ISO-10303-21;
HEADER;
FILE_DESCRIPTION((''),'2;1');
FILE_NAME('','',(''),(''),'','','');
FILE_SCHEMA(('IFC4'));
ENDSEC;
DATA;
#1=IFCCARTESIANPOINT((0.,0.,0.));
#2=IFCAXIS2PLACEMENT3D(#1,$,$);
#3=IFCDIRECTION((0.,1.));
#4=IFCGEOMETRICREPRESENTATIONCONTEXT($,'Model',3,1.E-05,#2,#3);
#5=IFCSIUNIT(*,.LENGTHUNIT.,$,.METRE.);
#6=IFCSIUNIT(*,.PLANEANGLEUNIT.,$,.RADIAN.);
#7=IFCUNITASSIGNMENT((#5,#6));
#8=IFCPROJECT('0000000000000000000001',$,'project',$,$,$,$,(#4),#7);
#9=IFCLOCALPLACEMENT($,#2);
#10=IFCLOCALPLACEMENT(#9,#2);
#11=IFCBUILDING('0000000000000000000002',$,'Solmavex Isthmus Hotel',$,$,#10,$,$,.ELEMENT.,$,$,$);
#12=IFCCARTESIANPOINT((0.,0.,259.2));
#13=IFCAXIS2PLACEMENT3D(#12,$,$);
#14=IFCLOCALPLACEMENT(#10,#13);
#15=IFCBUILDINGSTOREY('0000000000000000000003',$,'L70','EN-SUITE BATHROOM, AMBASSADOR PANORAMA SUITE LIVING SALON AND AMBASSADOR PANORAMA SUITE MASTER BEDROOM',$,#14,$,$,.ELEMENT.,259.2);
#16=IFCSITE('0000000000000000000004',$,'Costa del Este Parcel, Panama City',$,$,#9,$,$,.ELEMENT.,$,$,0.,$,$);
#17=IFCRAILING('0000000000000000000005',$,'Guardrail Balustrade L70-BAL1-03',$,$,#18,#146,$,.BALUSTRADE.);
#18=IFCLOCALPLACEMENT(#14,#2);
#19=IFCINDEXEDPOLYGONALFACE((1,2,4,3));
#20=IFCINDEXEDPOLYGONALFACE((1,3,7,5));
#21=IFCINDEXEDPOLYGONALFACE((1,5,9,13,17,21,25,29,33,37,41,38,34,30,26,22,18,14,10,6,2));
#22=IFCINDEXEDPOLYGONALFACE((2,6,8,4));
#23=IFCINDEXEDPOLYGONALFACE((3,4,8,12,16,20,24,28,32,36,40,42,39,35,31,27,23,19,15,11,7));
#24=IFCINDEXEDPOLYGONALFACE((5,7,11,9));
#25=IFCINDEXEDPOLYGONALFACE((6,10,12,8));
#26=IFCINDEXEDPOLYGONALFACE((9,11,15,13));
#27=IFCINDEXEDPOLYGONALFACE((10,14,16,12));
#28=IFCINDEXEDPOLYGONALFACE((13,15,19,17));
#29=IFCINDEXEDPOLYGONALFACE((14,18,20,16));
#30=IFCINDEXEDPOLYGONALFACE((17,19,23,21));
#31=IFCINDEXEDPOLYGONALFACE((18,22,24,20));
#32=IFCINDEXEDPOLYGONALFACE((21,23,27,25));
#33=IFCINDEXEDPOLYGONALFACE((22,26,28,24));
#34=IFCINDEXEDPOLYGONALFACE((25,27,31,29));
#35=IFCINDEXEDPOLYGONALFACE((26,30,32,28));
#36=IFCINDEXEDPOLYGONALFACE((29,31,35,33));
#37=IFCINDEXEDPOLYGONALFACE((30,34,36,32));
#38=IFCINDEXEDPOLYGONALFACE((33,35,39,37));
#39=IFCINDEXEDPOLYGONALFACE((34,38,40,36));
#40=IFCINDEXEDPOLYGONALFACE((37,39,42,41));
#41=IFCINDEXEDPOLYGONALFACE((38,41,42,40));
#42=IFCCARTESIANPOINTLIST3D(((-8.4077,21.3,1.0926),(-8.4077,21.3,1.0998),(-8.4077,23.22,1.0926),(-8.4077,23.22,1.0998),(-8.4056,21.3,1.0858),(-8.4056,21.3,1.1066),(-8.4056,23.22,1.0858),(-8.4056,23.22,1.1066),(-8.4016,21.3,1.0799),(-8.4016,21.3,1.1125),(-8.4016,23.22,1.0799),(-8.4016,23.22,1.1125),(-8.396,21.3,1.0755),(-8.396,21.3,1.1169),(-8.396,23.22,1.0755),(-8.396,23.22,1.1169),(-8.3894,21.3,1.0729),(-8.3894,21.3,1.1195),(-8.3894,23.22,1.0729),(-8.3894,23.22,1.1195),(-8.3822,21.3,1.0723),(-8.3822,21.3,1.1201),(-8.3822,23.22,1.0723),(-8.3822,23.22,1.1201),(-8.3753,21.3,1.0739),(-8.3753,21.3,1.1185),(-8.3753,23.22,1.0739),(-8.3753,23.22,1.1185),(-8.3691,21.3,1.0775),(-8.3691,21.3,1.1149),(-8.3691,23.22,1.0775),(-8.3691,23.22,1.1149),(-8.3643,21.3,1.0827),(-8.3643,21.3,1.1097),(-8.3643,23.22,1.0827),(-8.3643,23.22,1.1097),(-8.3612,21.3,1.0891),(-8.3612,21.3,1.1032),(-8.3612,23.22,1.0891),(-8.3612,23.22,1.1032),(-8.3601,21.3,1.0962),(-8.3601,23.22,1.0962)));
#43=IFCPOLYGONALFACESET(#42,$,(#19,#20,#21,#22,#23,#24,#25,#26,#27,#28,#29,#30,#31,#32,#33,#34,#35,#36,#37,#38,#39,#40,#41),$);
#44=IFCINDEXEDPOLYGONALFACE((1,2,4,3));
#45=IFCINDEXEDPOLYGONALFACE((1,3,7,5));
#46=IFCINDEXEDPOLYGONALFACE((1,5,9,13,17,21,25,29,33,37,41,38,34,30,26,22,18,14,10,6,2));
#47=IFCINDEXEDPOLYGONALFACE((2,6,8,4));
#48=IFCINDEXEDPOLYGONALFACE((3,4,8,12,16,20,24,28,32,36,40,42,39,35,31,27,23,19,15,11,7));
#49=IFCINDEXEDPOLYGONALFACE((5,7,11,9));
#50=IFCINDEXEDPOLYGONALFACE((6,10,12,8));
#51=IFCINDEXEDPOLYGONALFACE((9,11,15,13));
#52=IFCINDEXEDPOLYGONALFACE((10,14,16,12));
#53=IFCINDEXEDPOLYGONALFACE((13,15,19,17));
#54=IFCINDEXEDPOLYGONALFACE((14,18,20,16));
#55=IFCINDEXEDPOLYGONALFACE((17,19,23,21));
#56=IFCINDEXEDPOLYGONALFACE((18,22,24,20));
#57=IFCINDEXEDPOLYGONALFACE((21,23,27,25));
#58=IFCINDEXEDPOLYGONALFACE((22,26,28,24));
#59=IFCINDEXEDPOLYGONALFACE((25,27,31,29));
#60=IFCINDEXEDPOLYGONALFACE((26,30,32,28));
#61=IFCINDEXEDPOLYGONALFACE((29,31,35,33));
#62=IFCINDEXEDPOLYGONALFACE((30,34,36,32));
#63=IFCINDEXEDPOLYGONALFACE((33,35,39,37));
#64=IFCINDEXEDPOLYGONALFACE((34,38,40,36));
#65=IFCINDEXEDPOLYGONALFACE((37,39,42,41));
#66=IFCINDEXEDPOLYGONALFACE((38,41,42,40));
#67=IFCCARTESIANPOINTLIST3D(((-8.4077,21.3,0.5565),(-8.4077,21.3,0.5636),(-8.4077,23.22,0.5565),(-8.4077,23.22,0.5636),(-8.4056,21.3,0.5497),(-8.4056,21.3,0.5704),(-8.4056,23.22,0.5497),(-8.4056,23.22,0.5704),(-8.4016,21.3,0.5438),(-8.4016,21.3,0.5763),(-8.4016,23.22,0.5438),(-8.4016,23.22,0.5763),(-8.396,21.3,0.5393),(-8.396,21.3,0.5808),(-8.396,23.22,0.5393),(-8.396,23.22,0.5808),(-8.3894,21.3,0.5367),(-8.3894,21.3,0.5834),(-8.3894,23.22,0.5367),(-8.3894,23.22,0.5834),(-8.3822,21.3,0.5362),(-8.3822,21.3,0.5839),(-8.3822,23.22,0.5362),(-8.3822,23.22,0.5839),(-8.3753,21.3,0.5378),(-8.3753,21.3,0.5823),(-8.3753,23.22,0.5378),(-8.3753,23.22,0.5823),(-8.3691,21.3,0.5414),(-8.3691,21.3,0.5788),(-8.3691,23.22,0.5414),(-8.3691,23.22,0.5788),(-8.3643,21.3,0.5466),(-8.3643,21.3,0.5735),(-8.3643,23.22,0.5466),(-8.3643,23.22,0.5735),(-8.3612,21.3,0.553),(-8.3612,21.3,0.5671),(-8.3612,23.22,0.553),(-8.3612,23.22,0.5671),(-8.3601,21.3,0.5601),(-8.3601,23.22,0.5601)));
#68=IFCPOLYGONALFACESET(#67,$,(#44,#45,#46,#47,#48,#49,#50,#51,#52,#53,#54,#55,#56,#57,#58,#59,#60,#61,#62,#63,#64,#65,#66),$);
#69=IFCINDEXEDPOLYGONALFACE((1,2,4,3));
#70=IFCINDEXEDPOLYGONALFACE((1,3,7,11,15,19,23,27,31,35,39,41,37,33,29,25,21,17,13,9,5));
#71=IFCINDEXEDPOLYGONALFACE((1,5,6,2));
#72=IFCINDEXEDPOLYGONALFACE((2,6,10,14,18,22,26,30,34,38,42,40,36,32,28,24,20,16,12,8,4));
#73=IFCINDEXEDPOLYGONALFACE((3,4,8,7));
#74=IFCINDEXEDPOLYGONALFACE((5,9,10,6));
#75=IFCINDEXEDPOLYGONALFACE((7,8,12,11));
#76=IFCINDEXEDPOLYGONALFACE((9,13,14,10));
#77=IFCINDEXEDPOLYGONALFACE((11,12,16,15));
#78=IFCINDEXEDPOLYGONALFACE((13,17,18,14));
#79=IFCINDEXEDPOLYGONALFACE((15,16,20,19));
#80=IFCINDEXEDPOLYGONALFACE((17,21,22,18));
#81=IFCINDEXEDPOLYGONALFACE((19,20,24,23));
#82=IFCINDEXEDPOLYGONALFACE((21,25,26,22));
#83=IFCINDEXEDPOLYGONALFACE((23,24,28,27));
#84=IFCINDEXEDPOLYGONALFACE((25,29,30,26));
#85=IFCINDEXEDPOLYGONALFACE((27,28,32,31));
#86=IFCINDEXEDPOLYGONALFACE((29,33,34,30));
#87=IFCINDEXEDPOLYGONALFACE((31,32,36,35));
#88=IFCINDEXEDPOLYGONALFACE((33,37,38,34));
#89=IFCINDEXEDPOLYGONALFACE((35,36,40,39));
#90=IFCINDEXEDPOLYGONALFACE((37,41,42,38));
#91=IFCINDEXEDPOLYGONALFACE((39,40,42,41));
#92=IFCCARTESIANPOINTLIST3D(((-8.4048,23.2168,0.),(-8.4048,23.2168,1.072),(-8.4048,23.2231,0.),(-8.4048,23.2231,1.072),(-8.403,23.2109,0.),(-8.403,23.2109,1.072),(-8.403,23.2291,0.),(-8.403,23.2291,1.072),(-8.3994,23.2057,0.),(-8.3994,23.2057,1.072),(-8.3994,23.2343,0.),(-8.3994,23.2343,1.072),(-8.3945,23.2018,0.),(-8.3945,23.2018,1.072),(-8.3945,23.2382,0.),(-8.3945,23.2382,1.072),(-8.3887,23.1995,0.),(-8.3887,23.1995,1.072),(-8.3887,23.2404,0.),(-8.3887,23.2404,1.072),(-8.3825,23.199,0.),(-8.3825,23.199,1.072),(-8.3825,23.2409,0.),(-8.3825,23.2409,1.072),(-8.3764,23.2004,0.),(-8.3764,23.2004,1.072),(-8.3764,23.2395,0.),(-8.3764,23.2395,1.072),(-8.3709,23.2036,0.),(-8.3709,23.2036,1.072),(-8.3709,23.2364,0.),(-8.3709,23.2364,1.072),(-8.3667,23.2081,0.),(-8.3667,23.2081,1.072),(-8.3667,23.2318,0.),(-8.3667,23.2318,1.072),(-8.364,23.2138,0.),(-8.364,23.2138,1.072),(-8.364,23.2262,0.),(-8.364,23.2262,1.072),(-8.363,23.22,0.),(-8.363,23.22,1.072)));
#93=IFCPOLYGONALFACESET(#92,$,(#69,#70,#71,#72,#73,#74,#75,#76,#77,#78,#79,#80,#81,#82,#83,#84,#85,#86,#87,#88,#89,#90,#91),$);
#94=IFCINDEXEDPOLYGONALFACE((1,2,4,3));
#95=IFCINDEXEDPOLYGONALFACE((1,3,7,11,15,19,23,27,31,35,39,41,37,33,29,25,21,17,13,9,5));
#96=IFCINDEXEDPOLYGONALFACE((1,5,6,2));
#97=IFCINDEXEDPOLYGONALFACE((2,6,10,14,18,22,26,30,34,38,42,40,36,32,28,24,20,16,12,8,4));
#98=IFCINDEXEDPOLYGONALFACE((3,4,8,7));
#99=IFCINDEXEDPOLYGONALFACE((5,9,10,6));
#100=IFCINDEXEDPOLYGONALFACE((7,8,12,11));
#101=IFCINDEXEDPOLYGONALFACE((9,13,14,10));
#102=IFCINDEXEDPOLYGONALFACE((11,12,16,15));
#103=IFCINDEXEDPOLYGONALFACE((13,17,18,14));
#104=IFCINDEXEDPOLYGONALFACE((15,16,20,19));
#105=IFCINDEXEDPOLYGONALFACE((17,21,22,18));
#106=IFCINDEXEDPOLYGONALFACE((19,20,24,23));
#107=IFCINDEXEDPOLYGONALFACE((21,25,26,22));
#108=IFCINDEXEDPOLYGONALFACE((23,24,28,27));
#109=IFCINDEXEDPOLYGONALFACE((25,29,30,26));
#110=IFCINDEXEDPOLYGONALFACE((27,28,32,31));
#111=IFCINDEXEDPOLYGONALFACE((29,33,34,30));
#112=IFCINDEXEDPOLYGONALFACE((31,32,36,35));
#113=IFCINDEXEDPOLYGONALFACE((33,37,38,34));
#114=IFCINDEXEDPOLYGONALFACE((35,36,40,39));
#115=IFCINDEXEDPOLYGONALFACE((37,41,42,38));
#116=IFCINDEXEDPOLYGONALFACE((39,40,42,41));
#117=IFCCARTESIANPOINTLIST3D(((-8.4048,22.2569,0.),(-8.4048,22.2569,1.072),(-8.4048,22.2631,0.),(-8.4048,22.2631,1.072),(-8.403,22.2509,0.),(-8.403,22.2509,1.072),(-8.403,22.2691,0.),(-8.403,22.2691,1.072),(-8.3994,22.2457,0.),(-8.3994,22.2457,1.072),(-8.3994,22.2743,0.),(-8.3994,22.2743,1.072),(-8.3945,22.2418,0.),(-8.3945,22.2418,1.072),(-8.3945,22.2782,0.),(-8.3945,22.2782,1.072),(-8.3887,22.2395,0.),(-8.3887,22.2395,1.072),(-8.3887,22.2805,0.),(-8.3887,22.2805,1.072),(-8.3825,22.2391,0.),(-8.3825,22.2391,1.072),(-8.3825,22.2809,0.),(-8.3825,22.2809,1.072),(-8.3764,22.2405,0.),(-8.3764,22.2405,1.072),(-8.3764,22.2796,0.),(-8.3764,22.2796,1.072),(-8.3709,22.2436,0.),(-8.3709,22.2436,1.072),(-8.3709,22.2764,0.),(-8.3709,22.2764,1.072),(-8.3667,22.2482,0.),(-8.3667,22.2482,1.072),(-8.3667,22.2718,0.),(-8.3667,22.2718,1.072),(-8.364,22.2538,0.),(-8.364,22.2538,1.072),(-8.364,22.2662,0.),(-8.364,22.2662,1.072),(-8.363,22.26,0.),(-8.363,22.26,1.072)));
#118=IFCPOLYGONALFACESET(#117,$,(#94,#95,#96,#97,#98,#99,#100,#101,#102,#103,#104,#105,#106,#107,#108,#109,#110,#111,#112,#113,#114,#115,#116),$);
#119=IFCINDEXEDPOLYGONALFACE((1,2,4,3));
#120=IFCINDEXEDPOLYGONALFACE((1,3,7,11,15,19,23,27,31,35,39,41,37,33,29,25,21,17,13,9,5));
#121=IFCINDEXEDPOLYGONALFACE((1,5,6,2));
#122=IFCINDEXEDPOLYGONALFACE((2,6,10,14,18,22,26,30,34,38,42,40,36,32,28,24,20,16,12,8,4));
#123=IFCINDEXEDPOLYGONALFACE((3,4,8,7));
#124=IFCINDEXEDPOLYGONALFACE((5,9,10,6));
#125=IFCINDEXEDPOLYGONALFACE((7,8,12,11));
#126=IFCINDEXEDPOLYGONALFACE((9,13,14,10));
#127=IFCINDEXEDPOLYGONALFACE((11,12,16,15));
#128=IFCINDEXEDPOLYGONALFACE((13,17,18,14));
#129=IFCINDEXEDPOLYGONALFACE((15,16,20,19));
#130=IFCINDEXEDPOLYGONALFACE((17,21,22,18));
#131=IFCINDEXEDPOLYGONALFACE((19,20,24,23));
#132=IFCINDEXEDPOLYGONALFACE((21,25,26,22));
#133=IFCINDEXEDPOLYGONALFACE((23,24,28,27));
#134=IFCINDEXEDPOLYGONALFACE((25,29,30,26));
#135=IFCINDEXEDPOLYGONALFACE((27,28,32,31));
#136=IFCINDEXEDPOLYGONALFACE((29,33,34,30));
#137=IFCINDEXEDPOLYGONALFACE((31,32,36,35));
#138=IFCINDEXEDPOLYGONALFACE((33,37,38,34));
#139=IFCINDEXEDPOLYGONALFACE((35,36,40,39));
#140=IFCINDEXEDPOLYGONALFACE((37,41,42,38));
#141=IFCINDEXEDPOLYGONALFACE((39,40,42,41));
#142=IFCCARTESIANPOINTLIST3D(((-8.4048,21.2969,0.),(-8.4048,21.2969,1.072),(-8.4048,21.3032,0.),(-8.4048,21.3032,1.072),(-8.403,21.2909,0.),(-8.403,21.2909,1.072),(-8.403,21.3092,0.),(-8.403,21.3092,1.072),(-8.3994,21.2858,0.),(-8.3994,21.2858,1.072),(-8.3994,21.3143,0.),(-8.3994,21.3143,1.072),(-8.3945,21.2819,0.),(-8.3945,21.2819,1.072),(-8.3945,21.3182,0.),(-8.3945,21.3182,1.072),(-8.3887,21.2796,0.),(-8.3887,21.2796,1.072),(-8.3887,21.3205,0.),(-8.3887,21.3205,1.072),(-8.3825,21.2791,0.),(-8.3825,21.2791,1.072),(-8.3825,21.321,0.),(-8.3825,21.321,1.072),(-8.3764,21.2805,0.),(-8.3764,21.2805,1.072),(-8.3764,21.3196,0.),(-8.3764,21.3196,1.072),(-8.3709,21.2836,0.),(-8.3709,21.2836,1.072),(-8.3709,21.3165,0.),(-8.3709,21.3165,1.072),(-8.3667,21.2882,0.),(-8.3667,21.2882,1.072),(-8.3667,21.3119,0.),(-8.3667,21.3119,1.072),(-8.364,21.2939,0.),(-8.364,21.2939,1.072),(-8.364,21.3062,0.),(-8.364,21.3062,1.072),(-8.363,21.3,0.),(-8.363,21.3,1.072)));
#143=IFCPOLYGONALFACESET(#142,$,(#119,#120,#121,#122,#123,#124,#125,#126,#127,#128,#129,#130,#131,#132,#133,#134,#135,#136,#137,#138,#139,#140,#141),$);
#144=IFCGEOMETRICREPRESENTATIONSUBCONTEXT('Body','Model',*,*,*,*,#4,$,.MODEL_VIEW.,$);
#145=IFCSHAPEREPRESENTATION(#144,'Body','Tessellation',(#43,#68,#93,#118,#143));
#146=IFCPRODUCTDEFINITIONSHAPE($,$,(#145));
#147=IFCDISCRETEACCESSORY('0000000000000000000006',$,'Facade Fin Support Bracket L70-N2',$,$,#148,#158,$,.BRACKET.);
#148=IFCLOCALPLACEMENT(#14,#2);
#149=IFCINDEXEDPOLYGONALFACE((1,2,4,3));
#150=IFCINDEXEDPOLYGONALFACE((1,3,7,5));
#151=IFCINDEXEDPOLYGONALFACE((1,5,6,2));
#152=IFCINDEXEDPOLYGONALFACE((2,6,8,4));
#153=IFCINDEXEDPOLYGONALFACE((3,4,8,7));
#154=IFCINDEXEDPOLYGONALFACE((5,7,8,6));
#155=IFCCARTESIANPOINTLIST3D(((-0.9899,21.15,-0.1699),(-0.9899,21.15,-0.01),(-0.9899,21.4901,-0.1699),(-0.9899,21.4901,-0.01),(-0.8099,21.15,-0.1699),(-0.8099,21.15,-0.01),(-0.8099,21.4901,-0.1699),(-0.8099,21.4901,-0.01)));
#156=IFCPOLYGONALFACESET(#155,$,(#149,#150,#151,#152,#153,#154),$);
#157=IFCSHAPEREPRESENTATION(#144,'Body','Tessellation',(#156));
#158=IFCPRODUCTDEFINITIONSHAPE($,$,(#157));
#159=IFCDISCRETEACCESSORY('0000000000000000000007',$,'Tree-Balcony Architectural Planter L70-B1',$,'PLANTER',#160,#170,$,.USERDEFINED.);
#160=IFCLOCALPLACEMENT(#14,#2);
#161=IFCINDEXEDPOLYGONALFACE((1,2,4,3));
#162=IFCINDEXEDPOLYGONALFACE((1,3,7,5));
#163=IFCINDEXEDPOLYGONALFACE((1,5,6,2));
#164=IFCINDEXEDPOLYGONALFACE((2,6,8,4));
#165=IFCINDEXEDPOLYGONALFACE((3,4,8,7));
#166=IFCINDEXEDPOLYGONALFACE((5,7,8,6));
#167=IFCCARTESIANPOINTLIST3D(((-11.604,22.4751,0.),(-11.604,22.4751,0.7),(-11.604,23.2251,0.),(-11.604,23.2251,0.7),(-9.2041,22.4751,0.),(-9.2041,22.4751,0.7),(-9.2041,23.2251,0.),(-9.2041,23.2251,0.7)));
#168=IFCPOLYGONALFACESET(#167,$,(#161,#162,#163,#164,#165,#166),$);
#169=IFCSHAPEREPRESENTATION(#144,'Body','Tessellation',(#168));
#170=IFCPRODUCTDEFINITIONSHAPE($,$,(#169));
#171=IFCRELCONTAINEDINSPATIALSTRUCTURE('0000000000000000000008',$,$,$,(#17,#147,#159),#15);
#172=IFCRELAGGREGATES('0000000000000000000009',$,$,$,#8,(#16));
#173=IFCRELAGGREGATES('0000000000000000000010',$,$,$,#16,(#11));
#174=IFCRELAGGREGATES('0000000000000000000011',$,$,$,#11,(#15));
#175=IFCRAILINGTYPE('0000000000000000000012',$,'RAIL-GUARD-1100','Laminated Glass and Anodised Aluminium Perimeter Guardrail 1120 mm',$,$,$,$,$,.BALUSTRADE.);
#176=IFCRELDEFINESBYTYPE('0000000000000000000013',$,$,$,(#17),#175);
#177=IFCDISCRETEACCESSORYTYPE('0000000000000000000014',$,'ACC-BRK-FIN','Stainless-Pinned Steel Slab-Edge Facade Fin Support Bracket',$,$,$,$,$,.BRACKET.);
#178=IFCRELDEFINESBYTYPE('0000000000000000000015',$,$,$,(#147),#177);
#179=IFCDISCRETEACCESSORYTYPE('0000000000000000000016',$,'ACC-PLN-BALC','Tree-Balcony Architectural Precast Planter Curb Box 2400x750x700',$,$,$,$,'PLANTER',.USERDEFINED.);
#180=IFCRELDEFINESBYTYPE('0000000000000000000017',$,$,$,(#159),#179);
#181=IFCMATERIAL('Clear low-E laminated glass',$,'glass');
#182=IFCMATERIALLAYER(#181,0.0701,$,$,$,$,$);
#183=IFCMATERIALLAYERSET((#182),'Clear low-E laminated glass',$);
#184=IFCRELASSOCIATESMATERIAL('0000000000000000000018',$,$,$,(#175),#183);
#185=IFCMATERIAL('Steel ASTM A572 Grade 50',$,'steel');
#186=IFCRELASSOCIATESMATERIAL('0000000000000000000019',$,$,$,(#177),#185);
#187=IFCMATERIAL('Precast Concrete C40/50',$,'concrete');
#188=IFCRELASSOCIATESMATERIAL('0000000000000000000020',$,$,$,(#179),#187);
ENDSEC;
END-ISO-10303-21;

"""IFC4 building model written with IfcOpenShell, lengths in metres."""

from ifc_helpers import new_model, si_unit, direction, frame, origin, origin_2d, place, context, subcontext, project, spatial, rectangle, circle, extrude, material, layer, layer_set, type_object, element, save


model = new_model("IFC4")

# Units and contexts
model_context = context("Model", 3, precision=1e-05, world=origin(), true_north=direction((0.0, 1.0)))
body_context = subcontext(model_context, "Body", "Model", "MODEL_VIEW")
ifc_project = project(units=[si_unit("LENGTHUNIT", "METRE"), si_unit("PLANEANGLEUNIT", "RADIAN")], contexts=[model_context])

# Site, building, storey
site_placement = place(None, origin())
site = spatial("IfcSite", under=ifc_project, at=site_placement, Name="Costa del Este Parcel, Panama City", CompositionType="ELEMENT", RefElevation=0.0)
building_placement = place(site_placement, origin())
building = spatial("IfcBuilding", under=site, at=building_placement, Name="Solmavex Isthmus Hotel", CompositionType="ELEMENT")
storey_placement = place(building_placement, frame((0.0, 0.0, 259.2)))
storey = spatial("IfcBuildingStorey", under=building, at=storey_placement, Name="L70", Description="EN-SUITE BATHROOM, AMBASSADOR PANORAMA SUITE LIVING SALON AND AMBASSADOR PANORAMA SUITE MASTER BEDROOM", CompositionType="ELEMENT", Elevation=259.2)

# Shared definitions
ifc_material_1 = material(Name="Clear low-E laminated glass", Category="glass")

# Shared definitions
ifc_material_2 = material(Name="Precast Concrete C40/50", Category="concrete")

# Railing
ifc_layer_1 = layer(ifc_material_1, 0.0701)
ifc_layer_set_1 = layer_set([ifc_layer_1], Name="Clear low-E laminated glass")
railing_type = type_object("IfcRailingType", Name="RAIL-GUARD-1100", Description="Laminated Glass and Anodised Aluminium Perimeter Guardrail 1120 mm", PredefinedType="BALUSTRADE", material=ifc_layer_set_1)
railing_1_placement = place(storey_placement, frame((-8.384, 23.22, 0.0)))
element("IfcRailing", 1, at=railing_1_placement, inside=storey, type_object=railing_type, Name="Guardrail Balustrade L70-BAL1-03", PredefinedType="BALUSTRADE", context=body_context, shape_type="SweptSolid", body=[
    extrude(circle(Radius=0.0239, at=origin_2d()), frame((0.0, 0.0, 1.0962), z_axis=(0.0, -1.0, 0.0), x_axis=(1.0, 0.0, 0.0)), (0.0, 0.0, 1.0), 1.9199),
    extrude(circle(Radius=0.0239, at=origin_2d()), frame((0.0, 0.0, 0.5601), z_axis=(0.0, -1.0, 0.0), x_axis=(1.0, 0.0, 0.0)), (0.0, 0.0, 1.0), 1.9199),
    extrude(circle(Radius=0.021, at=origin_2d()), origin(), (0.0, 0.0, 1.0), 1.072),
    extrude(circle(Radius=0.021, at=origin_2d()), frame((0.0, -0.96, 0.0)), (0.0, 0.0, 1.0), 1.072),
    extrude(circle(Radius=0.021, at=origin_2d()), frame((0.0, -1.9199, 0.0)), (0.0, 0.0, 1.0), 1.072),
])

# Discrete accessories
ifc_material_3 = material(Name="Steel ASTM A572 Grade 50", Category="steel")
discrete_accessory_type_1 = type_object("IfcDiscreteAccessoryType", Name="ACC-BRK-FIN", Description="Stainless-Pinned Steel Slab-Edge Facade Fin Support Bracket", PredefinedType="BRACKET", material=ifc_material_3)
discrete_accessory_1_placement = place(storey_placement, frame((-0.8999, 21.3201, -0.1699), z_axis=(0.0, 0.0, 1.0), x_axis=(0.0, 1.0, 0.0)))
element("IfcDiscreteAccessory", 2, at=discrete_accessory_1_placement, inside=storey, type_object=discrete_accessory_type_1, Name="Facade Fin Support Bracket L70-N2", PredefinedType="BRACKET", context=body_context, shape_type="SweptSolid", body=[
    extrude(rectangle(XDim=0.3401, YDim=0.1799, at=origin_2d()), origin(), (0.0, 0.0, 1.0), 0.1599),
])
discrete_accessory_type_2 = type_object("IfcDiscreteAccessoryType", Name="ACC-PLN-BALC", Description="Tree-Balcony Architectural Precast Planter Curb Box 2400x750x700", ElementType="PLANTER", PredefinedType="USERDEFINED", material=ifc_material_2)
discrete_accessory_2_placement = place(storey_placement, frame((-10.4041, 22.8501, 0.0), z_axis=(0.0, 0.0, 1.0), x_axis=(1.0, 0.0, 0.0)))
element("IfcDiscreteAccessory", 3, at=discrete_accessory_2_placement, inside=storey, type_object=discrete_accessory_type_2, Name="Tree-Balcony Architectural Planter L70-B1", ObjectType="PLANTER", PredefinedType="USERDEFINED", context=body_context, shape_type="SweptSolid", body=[
    extrude(rectangle(XDim=2.3999, YDim=0.75, at=origin_2d()), origin(), (0.0, 0.0, 1.0), 0.7),
])

save(model, "model.ifc")
